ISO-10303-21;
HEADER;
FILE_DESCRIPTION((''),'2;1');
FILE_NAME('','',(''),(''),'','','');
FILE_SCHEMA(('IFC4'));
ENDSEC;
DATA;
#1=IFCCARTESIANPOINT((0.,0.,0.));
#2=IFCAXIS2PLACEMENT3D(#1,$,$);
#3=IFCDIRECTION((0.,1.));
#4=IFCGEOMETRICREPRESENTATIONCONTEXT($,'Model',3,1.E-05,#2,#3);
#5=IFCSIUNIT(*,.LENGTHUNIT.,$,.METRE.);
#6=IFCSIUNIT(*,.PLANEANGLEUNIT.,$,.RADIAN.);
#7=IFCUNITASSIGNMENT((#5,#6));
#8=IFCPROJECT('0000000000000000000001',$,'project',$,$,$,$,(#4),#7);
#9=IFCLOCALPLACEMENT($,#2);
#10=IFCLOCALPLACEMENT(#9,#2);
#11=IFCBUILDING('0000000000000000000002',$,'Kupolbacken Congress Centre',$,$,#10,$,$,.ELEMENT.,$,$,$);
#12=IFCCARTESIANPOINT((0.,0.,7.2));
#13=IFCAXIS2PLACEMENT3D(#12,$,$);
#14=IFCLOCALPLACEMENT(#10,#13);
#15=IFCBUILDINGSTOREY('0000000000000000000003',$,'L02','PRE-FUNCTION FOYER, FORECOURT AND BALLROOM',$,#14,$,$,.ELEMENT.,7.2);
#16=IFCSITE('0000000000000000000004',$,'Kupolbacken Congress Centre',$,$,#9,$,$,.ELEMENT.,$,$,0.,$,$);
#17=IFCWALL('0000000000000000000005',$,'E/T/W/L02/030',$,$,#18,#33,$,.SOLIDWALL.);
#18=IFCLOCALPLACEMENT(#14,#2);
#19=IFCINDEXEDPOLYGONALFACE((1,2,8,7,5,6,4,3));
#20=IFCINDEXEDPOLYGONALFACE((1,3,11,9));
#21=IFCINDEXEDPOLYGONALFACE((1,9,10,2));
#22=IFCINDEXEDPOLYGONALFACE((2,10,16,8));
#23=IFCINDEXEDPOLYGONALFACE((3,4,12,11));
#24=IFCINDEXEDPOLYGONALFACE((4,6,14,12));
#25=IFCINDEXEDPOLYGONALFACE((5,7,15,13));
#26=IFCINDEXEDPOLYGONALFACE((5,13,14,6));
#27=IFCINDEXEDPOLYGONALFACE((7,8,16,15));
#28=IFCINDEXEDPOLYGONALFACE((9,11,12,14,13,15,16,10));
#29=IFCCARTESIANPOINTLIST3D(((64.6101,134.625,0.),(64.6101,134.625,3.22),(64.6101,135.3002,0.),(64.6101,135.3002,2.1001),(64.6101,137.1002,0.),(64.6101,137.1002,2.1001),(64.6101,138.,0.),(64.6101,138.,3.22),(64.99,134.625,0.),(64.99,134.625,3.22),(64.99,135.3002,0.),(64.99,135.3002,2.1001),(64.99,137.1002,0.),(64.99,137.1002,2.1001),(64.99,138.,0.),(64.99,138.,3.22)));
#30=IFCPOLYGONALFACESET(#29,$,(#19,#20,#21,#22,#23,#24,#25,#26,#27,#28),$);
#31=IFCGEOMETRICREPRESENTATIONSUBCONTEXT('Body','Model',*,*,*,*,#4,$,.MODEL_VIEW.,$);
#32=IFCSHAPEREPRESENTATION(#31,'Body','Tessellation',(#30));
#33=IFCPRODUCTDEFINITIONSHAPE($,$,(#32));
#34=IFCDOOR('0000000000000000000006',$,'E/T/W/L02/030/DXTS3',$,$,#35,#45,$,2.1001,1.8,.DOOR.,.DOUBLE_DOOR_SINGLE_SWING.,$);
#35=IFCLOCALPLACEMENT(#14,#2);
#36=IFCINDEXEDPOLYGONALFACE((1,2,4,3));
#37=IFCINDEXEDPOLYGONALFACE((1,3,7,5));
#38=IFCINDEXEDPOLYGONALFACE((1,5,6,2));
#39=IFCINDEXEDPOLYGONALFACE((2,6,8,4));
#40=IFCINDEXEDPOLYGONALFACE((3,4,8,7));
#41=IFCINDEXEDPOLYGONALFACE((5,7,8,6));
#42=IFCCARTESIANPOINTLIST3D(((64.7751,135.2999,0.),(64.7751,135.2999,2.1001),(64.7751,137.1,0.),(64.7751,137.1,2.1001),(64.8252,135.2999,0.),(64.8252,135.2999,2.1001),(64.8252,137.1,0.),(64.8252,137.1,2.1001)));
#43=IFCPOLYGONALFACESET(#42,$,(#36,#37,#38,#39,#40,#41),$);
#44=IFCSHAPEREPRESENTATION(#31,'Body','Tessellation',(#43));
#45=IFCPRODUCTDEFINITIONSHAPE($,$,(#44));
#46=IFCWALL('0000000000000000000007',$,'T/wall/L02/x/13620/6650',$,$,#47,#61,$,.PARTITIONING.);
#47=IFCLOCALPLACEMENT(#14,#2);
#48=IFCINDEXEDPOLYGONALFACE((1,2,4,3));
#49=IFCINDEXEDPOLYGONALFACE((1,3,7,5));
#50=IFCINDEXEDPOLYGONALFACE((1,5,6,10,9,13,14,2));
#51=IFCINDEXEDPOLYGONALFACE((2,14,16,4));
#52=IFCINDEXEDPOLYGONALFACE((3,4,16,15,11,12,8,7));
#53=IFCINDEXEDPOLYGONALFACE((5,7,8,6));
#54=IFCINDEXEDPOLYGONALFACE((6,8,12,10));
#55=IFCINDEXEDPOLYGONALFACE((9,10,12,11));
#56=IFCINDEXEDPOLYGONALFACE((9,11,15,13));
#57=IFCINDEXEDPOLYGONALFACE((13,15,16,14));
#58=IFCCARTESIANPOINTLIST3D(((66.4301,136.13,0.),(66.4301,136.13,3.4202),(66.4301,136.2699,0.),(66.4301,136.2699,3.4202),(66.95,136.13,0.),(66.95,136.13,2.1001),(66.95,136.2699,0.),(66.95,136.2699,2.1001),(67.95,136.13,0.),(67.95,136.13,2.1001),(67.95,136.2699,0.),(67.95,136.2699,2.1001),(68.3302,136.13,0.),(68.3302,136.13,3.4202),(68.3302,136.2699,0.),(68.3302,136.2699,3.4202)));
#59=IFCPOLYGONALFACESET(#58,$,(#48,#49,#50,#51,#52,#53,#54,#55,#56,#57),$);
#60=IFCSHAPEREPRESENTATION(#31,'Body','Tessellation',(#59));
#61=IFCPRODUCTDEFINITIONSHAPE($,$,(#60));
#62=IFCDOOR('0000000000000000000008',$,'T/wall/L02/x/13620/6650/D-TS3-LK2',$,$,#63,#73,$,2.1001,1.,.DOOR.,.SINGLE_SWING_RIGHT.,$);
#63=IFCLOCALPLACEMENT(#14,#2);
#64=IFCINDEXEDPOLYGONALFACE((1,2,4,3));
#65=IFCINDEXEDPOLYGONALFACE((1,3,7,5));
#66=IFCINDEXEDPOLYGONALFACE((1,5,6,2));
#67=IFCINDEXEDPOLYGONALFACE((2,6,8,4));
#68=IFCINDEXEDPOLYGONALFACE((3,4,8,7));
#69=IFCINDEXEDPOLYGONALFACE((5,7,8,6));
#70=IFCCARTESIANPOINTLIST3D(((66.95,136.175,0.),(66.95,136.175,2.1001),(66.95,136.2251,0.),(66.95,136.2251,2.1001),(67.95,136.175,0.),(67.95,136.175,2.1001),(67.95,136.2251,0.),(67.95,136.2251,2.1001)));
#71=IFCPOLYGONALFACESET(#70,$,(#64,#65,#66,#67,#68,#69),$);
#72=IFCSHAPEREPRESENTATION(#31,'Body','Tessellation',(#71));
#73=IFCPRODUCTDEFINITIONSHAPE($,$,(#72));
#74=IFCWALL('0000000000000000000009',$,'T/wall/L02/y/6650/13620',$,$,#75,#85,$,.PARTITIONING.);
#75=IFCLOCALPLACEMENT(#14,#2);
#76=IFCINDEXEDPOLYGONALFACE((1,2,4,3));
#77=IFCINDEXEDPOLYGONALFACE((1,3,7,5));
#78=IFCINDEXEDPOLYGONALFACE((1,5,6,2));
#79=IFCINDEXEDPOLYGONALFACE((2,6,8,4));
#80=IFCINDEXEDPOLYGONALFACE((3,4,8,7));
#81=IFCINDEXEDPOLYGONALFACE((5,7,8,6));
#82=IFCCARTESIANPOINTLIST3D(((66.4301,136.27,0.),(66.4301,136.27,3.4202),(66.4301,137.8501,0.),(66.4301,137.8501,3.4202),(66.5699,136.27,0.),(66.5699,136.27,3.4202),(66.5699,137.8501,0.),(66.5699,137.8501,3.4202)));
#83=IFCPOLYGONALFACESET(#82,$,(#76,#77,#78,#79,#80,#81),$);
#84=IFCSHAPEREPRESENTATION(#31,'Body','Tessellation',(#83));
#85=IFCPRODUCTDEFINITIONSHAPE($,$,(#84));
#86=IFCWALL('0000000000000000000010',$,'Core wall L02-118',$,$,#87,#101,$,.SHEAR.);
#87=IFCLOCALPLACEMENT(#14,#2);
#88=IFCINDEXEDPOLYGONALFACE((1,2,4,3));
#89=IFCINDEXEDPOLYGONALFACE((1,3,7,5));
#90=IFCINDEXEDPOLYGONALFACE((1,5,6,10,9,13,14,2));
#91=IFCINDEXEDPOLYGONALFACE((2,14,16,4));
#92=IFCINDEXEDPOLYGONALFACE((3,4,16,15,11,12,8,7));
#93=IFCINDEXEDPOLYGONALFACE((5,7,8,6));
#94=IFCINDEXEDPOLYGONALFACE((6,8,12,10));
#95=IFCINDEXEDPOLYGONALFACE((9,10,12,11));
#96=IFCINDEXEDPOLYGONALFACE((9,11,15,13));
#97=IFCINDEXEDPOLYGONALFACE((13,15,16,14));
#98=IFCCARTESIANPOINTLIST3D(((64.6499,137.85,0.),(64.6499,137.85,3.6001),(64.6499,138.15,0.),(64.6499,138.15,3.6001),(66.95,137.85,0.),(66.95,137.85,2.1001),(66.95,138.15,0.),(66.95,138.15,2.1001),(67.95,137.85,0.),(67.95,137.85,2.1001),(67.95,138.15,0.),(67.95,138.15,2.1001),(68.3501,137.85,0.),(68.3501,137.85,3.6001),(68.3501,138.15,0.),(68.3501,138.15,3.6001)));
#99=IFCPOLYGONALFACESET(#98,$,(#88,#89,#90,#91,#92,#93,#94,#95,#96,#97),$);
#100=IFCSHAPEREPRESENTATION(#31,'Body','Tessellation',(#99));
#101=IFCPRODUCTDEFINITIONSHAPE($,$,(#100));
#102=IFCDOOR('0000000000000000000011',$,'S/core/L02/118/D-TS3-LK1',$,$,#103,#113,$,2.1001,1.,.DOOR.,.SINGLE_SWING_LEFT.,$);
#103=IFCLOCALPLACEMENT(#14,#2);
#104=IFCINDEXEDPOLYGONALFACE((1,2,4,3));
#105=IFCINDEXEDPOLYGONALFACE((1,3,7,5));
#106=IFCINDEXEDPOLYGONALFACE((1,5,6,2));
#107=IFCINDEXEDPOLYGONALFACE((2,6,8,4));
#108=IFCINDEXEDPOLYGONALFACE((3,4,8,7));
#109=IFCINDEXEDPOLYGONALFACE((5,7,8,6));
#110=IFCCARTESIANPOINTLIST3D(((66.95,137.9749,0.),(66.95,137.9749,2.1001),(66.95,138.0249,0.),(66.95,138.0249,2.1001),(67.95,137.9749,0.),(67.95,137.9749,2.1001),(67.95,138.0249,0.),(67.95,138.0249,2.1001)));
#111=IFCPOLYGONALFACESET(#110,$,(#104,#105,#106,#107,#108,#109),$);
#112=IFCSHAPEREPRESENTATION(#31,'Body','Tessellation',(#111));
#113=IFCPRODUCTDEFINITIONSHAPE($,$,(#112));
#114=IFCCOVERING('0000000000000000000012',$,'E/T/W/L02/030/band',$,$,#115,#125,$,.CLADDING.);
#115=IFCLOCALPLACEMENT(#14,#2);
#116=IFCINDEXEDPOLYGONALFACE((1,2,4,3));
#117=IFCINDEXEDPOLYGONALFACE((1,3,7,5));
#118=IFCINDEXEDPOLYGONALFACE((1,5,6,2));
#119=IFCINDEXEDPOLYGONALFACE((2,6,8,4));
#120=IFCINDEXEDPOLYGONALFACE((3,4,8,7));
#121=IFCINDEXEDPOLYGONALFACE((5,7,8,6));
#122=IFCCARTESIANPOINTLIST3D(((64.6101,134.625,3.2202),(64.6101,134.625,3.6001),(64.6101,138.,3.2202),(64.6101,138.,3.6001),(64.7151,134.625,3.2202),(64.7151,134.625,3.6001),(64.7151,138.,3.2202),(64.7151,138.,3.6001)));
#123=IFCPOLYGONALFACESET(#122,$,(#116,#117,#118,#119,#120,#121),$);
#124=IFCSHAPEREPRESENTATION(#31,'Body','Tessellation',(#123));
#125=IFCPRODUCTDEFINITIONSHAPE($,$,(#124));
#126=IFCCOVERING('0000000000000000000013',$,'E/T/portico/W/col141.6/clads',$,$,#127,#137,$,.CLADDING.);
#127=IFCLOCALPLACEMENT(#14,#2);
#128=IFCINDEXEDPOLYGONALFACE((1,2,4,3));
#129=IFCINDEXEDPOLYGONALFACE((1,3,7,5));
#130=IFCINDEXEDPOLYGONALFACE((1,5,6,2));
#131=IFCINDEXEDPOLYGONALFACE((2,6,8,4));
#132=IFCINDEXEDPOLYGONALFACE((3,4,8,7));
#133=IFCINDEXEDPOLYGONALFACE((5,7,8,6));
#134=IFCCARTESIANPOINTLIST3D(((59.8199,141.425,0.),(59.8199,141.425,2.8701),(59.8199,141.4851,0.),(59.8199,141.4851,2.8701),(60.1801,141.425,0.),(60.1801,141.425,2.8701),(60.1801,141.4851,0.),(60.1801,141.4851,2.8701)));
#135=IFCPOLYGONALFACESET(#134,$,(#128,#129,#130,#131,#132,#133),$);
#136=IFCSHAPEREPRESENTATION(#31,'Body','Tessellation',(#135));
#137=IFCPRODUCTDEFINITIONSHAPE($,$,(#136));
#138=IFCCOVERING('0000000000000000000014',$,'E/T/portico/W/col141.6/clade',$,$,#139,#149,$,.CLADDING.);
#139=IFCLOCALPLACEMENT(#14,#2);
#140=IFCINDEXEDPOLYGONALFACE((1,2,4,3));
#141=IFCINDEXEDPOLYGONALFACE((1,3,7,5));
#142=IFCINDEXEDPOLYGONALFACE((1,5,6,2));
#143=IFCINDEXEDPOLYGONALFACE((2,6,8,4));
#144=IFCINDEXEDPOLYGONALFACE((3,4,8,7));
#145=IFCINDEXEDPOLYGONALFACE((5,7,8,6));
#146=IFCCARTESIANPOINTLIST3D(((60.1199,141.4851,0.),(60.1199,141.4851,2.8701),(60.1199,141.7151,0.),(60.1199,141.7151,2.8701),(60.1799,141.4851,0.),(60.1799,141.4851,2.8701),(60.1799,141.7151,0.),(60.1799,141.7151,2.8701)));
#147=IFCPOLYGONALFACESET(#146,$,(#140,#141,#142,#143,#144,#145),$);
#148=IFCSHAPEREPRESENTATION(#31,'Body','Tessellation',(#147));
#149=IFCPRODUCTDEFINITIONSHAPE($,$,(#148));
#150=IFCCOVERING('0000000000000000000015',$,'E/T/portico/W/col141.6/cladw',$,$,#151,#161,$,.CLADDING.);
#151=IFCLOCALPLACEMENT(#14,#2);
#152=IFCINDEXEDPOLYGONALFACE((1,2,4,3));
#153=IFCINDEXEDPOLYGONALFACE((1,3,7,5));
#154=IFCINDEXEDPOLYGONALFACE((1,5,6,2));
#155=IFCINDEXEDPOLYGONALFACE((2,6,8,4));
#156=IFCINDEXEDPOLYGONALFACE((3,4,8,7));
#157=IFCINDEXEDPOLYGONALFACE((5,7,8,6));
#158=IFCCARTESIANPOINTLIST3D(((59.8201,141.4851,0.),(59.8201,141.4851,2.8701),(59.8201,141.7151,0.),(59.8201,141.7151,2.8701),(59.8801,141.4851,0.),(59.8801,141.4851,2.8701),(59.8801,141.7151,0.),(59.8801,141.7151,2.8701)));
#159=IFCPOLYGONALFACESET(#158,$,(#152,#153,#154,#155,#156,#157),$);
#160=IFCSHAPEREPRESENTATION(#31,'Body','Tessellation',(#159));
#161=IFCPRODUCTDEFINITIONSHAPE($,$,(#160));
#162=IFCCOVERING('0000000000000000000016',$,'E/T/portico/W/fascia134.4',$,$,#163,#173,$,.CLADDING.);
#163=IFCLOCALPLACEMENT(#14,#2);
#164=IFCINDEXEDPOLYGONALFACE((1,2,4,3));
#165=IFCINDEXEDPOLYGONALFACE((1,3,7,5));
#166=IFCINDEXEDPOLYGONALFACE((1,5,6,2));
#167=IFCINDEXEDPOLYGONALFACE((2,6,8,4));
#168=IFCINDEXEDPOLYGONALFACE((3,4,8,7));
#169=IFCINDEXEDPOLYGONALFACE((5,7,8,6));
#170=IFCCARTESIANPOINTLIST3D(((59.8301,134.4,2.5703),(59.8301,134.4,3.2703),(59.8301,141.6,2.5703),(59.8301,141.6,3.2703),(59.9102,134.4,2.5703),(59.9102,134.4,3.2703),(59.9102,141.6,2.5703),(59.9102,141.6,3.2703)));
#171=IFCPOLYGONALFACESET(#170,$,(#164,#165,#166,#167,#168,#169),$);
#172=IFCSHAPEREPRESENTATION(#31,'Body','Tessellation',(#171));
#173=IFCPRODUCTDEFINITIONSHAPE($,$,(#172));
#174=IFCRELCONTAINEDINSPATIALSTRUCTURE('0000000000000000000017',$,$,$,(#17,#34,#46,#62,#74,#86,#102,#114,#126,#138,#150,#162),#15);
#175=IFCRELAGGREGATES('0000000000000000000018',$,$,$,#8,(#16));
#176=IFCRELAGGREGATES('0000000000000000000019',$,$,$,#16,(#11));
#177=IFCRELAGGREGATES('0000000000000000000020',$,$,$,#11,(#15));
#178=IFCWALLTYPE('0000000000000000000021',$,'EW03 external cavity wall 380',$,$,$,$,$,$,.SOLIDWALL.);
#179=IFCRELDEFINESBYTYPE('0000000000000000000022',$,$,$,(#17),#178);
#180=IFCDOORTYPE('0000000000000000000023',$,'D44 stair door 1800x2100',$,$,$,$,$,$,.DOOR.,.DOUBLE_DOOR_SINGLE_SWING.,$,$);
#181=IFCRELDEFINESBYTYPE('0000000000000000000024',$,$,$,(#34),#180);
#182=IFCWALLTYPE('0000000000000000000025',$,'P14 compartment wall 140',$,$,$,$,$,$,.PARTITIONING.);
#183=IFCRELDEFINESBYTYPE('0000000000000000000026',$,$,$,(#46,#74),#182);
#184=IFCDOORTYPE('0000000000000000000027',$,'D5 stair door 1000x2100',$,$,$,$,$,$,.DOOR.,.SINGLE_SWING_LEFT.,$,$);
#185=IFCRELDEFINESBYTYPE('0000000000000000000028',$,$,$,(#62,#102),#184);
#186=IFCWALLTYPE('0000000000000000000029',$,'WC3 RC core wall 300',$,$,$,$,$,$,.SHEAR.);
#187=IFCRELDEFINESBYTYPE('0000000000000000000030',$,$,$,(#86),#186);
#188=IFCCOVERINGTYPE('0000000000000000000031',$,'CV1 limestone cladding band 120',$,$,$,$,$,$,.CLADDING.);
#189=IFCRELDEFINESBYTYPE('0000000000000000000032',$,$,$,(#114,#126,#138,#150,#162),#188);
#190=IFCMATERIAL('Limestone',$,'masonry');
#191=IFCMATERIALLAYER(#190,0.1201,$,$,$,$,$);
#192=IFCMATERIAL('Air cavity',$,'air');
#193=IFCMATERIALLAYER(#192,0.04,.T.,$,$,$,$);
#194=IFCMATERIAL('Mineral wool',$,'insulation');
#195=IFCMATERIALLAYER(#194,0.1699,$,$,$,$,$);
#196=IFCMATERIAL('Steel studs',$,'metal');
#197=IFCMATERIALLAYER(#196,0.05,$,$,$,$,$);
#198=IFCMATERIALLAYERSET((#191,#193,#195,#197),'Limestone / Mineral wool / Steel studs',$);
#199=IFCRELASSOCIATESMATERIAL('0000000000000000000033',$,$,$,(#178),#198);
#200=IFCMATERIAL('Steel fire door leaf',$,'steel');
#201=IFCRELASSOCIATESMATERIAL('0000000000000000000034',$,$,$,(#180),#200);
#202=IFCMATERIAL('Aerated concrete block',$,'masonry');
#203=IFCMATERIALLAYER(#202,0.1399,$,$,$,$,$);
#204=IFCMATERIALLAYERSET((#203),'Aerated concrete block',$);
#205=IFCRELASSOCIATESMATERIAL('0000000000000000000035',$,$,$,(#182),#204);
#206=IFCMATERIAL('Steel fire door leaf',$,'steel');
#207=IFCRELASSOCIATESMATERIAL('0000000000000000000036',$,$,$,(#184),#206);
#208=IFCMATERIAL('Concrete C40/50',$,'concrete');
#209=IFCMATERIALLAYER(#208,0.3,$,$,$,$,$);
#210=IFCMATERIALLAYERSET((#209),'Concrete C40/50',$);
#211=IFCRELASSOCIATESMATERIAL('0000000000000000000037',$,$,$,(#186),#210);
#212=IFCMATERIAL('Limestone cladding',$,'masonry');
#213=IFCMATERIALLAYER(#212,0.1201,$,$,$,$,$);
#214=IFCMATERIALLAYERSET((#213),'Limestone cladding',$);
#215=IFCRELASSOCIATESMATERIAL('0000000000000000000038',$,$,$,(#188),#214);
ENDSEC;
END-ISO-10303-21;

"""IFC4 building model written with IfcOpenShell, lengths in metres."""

from ifc_helpers import new_model, si_unit, direction, frame, frame_2d, origin, origin_2d, place, context, subcontext, project, spatial, rectangle, extrude, material, layer, layer_set, type_object, element, fill, save


model = new_model("IFC4")

# Units and contexts
model_context = context("Model", 3, precision=1e-05, world=origin(), true_north=direction((0.0, 1.0)))
body_context = subcontext(model_context, "Body", "Model", "MODEL_VIEW")
ifc_project = project(units=[si_unit("LENGTHUNIT", "METRE"), si_unit("PLANEANGLEUNIT", "RADIAN")], contexts=[model_context])

# Site, building, storey
site_placement = place(None, origin())
site = spatial("IfcSite", under=ifc_project, at=site_placement, Name="Kupolbacken Congress Centre", CompositionType="ELEMENT", RefElevation=0.0)
building_placement = place(site_placement, origin())
building = spatial("IfcBuilding", under=site, at=building_placement, Name="Kupolbacken Congress Centre", CompositionType="ELEMENT")
storey_placement = place(building_placement, frame((0.0, 0.0, 7.2)))
storey = spatial("IfcBuildingStorey", under=building, at=storey_placement, Name="L02", Description="PRE-FUNCTION FOYER, FORECOURT AND BALLROOM", CompositionType="ELEMENT", Elevation=7.2)

# Walls, openings, doors
ifc_material_1 = material(Name="Limestone", Category="masonry")
ifc_layer_1 = layer(ifc_material_1, 0.1201)
ifc_material_2 = material(Name="Air cavity", Category="air")
ifc_layer_2 = layer(ifc_material_2, 0.04, ventilated=True)
ifc_material_3 = material(Name="Mineral wool", Category="insulation")
ifc_layer_3 = layer(ifc_material_3, 0.1699)
ifc_material_4 = material(Name="Steel studs", Category="metal")
ifc_layer_4 = layer(ifc_material_4, 0.05)
ifc_layer_set_1 = layer_set([ifc_layer_1, ifc_layer_2, ifc_layer_3, ifc_layer_4], Name="Limestone / Mineral wool / Steel studs")
wall_type_1 = type_object("IfcWallType", Name="EW03 external cavity wall 380", PredefinedType="SOLIDWALL", material=ifc_layer_set_1)
wall_1_placement = place(storey_placement, frame((64.8, 138.0, 0.0), z_axis=(0.0, 0.0, 1.0), x_axis=(0.0, -1.0, 0.0)))
wall_1 = element("IfcWall", 1, at=wall_1_placement, inside=storey, type_object=wall_type_1, Name="E/T/W/L02/030", PredefinedType="SOLIDWALL", context=body_context, shape_type="SweptSolid", body=[
    extrude(rectangle(XDim=3.375, YDim=0.3799, at=frame_2d((1.6875, 0.0))), origin(), (0.0, 0.0, 1.0), 3.22),
])
opening_1_placement = place(wall_1_placement, frame((0.8999, 0.0, 0.0)))
opening_1 = element("IfcOpeningElement", 2, at=opening_1_placement, cuts=wall_1, PredefinedType="OPENING", context=body_context, shape_type="SweptSolid", body=[
    extrude(rectangle(XDim=1.8, YDim=2.1001, at=frame_2d((0.8999, 1.05))), frame((0.0, 0.2, 0.0), z_axis=(0.0, -1.0, 0.0), x_axis=(1.0, 0.0, 0.0)), (0.0, 0.0, 1.0), 0.3999),
])
ifc_material_5 = material(Name="Steel fire door leaf", Category="steel")
door_type_1 = type_object("IfcDoorType", Name="D44 stair door 1800x2100", OperationType="DOUBLE_DOOR_SINGLE_SWING", PredefinedType="DOOR", material=ifc_material_5)
door_1_placement = place(opening_1_placement, frame((1.8, 0.0, 0.0), z_axis=(0.0, 0.0, 1.0), x_axis=(-1.0, 0.0, 0.0)))
door_1 = element("IfcDoor", 3, at=door_1_placement, inside=storey, type_object=door_type_1, Name="E/T/W/L02/030/DXTS3", OperationType="DOUBLE_DOOR_SINGLE_SWING", OverallHeight=2.1001, OverallWidth=1.8, PredefinedType="DOOR", context=body_context, shape_type="SweptSolid", body=[
    extrude(rectangle(XDim=1.8, YDim=2.1001, at=frame_2d((0.8999, 1.05))), frame((0.0, 0.0249, 0.0), z_axis=(0.0, -1.0, 0.0), x_axis=(1.0, 0.0, 0.0)), (0.0, 0.0, 1.0), 0.05),
])
fill(opening_1, door_1)
ifc_material_6 = material(Name="Aerated concrete block", Category="masonry")
ifc_layer_5 = layer(ifc_material_6, 0.1399)
ifc_layer_set_2 = layer_set([ifc_layer_5], Name="Aerated concrete block")
wall_type_2 = type_object("IfcWallType", Name="P14 compartment wall 140", PredefinedType="PARTITIONING", material=ifc_layer_set_2)
wall_2_placement = place(storey_placement, frame((66.4299, 136.2, 0.0), z_axis=(0.0, 0.0, 1.0), x_axis=(1.0, 0.0, 0.0)))
wall_2 = element("IfcWall", 4, at=wall_2_placement, inside=storey, type_object=wall_type_2, Name="T/wall/L02/x/13620/6650", PredefinedType="PARTITIONING", context=body_context, shape_type="SweptSolid", body=[
    extrude(rectangle(XDim=1.9001, YDim=0.1399, at=frame_2d((0.9502, 0.0))), origin(), (0.0, 0.0, 1.0), 3.4202),
])
opening_2_placement = place(wall_2_placement, frame((0.52, 0.0, 0.0)))
opening_2 = element("IfcOpeningElement", 5, at=opening_2_placement, cuts=wall_2, PredefinedType="OPENING", context=body_context, shape_type="SweptSolid", body=[
    extrude(rectangle(XDim=1.0, YDim=2.1001, at=frame_2d((0.5, 1.05))), frame((0.0, 0.0798, 0.0), z_axis=(0.0, -1.0, 0.0), x_axis=(1.0, 0.0, 0.0)), (0.0, 0.0, 1.0), 0.1599),
])
ifc_material_7 = material(Name="Steel fire door leaf", Category="steel")
door_type_2 = type_object("IfcDoorType", Name="D5 stair door 1000x2100", OperationType="SINGLE_SWING_LEFT", PredefinedType="DOOR", material=ifc_material_7)
door_2_placement = place(opening_2_placement, frame((1.0, 0.0, 0.0), z_axis=(0.0, 0.0, 1.0), x_axis=(-1.0, 0.0, 0.0)))
door_2 = element("IfcDoor", 6, at=door_2_placement, inside=storey, type_object=door_type_2, Name="T/wall/L02/x/13620/6650/D-TS3-LK2", OperationType="SINGLE_SWING_RIGHT", OverallHeight=2.1001, OverallWidth=1.0, PredefinedType="DOOR", context=body_context, shape_type="SweptSolid", body=[
    extrude(rectangle(XDim=1.0, YDim=2.1001, at=frame_2d((0.5, 1.05))), frame((0.0, 0.0249, 0.0), z_axis=(0.0, -1.0, 0.0), x_axis=(1.0, 0.0, 0.0)), (0.0, 0.0, 1.0), 0.05),
])
fill(opening_2, door_2)

# Wall
wall_3_placement = place(storey_placement, frame((66.5, 136.27, 0.0), z_axis=(0.0, 0.0, 1.0), x_axis=(0.0, 1.0, 0.0)))
element("IfcWall", 7, at=wall_3_placement, inside=storey, type_object=wall_type_2, Name="T/wall/L02/y/6650/13620", PredefinedType="PARTITIONING", context=body_context, shape_type="SweptSolid", body=[
    extrude(rectangle(XDim=1.5801, YDim=0.1399, at=frame_2d((0.79, 0.0))), origin(), (0.0, 0.0, 1.0), 3.4202),
])

# Wall, opening, door
ifc_material_8 = material(Name="Concrete C40/50", Category="concrete")
ifc_layer_6 = layer(ifc_material_8, 0.3)
ifc_layer_set_3 = layer_set([ifc_layer_6], Name="Concrete C40/50")
wall_type_3 = type_object("IfcWallType", Name="WC3 RC core wall 300", PredefinedType="SHEAR", material=ifc_layer_set_3)
wall_4_placement = place(storey_placement, frame((64.6499, 138.0, 0.0), z_axis=(0.0, 0.0, 1.0), x_axis=(1.0, 0.0, 0.0)))
wall_4 = element("IfcWall", 8, at=wall_4_placement, inside=storey, type_object=wall_type_3, Name="Core wall L02-118", PredefinedType="SHEAR", context=body_context, shape_type="SweptSolid", body=[
    extrude(rectangle(XDim=3.7002, YDim=0.3, at=frame_2d((1.8501, 0.0))), origin(), (0.0, 0.0, 1.0), 3.6001),
])
opening_3_placement = place(wall_4_placement, frame((2.3, 0.0, 0.0)))
opening_3 = element("IfcOpeningElement", 9, at=opening_3_placement, cuts=wall_4, PredefinedType="OPENING", context=body_context, shape_type="SweptSolid", body=[
    extrude(rectangle(XDim=1.0, YDim=2.1001, at=frame_2d((0.5, 1.05))), frame((0.0, 0.1599, 0.0), z_axis=(0.0, -1.0, 0.0), x_axis=(1.0, 0.0, 0.0)), (0.0, 0.0, 1.0), 0.3201),
])
door_3_placement = place(opening_3_placement, origin())
door_3 = element("IfcDoor", 10, at=door_3_placement, inside=storey, type_object=door_type_2, Name="S/core/L02/118/D-TS3-LK1", OperationType="SINGLE_SWING_LEFT", OverallHeight=2.1001, OverallWidth=1.0, PredefinedType="DOOR", context=body_context, shape_type="SweptSolid", body=[
    extrude(rectangle(XDim=1.0, YDim=2.1001, at=frame_2d((0.5, 1.05))), frame((0.0, 0.0249, 0.0), z_axis=(0.0, -1.0, 0.0), x_axis=(1.0, 0.0, 0.0)), (0.0, 0.0, 1.0), 0.05),
])
fill(opening_3, door_3)

# Coverings
ifc_material_9 = material(Name="Limestone cladding", Category="masonry")
ifc_layer_7 = layer(ifc_material_9, 0.1201)
ifc_layer_set_4 = layer_set([ifc_layer_7], Name="Limestone cladding")
covering_type_1 = type_object("IfcCoveringType", Name="CV1 limestone cladding band 120", PredefinedType="CLADDING", material=ifc_layer_set_4)
covering_1_placement = place(storey_placement, frame((64.6626, 136.3125, 3.2202), z_axis=(0.0, 0.0, 1.0), x_axis=(0.0, -1.0, 0.0)))
element("IfcCovering", 11, at=covering_1_placement, inside=storey, type_object=covering_type_1, Name="E/T/W/L02/030/band", PredefinedType="CLADDING", context=body_context, shape_type="SweptSolid", body=[
    extrude(rectangle(XDim=3.375, YDim=0.105, at=origin_2d()), origin(), (0.0, 0.0, 1.0), 0.3799),
])
covering_2_placement = place(storey_placement, frame((60.0, 141.4551, 0.0), z_axis=(0.0, 0.0, 1.0), x_axis=(1.0, 0.0, 0.0)))
element("IfcCovering", 12, at=covering_2_placement, inside=storey, type_object=covering_type_1, Name="E/T/portico/W/col141.6/clads", PredefinedType="CLADDING", context=body_context, shape_type="SweptSolid", body=[
    extrude(rectangle(XDim=0.3601, YDim=0.0601, at=origin_2d()), origin(), (0.0, 0.0, 1.0), 2.8701),
])
for number, where, z_axis, x_axis, name in (
    (13, (60.1499, 141.6001, 0.0), (0.0, 0.0, 1.0), (1.0, 0.0, 0.0), "E/T/portico/W/col141.6/clade"),
    (14, (59.8501, 141.6001, 0.0), (0.0, 0.0, 1.0), (1.0, 0.0, 0.0), "E/T/portico/W/col141.6/cladw"),
):
    element("IfcCovering", number, at=place(storey_placement, frame(where, z_axis=z_axis, x_axis=x_axis)), inside=storey, type_object=covering_type_1, Name=name, PredefinedType="CLADDING", context=body_context, shape_type="SweptSolid", body=[
        extrude(rectangle(XDim=0.0601, YDim=0.23, at=origin_2d()), origin(), (0.0, 0.0, 1.0), 2.8701),
    ])
covering_3_placement = place(storey_placement, frame((59.8701, 138.0, 2.5703), z_axis=(0.0, 0.0, 1.0), x_axis=(0.0, 1.0, 0.0)))
element("IfcCovering", 15, at=covering_3_placement, inside=storey, type_object=covering_type_1, Name="E/T/portico/W/fascia134.4", PredefinedType="CLADDING", context=body_context, shape_type="SweptSolid", body=[
    extrude(rectangle(XDim=7.2, YDim=0.0801, at=origin_2d()), origin(), (0.0, 0.0, 1.0), 0.7),
])

save(model, "model.ifc")
